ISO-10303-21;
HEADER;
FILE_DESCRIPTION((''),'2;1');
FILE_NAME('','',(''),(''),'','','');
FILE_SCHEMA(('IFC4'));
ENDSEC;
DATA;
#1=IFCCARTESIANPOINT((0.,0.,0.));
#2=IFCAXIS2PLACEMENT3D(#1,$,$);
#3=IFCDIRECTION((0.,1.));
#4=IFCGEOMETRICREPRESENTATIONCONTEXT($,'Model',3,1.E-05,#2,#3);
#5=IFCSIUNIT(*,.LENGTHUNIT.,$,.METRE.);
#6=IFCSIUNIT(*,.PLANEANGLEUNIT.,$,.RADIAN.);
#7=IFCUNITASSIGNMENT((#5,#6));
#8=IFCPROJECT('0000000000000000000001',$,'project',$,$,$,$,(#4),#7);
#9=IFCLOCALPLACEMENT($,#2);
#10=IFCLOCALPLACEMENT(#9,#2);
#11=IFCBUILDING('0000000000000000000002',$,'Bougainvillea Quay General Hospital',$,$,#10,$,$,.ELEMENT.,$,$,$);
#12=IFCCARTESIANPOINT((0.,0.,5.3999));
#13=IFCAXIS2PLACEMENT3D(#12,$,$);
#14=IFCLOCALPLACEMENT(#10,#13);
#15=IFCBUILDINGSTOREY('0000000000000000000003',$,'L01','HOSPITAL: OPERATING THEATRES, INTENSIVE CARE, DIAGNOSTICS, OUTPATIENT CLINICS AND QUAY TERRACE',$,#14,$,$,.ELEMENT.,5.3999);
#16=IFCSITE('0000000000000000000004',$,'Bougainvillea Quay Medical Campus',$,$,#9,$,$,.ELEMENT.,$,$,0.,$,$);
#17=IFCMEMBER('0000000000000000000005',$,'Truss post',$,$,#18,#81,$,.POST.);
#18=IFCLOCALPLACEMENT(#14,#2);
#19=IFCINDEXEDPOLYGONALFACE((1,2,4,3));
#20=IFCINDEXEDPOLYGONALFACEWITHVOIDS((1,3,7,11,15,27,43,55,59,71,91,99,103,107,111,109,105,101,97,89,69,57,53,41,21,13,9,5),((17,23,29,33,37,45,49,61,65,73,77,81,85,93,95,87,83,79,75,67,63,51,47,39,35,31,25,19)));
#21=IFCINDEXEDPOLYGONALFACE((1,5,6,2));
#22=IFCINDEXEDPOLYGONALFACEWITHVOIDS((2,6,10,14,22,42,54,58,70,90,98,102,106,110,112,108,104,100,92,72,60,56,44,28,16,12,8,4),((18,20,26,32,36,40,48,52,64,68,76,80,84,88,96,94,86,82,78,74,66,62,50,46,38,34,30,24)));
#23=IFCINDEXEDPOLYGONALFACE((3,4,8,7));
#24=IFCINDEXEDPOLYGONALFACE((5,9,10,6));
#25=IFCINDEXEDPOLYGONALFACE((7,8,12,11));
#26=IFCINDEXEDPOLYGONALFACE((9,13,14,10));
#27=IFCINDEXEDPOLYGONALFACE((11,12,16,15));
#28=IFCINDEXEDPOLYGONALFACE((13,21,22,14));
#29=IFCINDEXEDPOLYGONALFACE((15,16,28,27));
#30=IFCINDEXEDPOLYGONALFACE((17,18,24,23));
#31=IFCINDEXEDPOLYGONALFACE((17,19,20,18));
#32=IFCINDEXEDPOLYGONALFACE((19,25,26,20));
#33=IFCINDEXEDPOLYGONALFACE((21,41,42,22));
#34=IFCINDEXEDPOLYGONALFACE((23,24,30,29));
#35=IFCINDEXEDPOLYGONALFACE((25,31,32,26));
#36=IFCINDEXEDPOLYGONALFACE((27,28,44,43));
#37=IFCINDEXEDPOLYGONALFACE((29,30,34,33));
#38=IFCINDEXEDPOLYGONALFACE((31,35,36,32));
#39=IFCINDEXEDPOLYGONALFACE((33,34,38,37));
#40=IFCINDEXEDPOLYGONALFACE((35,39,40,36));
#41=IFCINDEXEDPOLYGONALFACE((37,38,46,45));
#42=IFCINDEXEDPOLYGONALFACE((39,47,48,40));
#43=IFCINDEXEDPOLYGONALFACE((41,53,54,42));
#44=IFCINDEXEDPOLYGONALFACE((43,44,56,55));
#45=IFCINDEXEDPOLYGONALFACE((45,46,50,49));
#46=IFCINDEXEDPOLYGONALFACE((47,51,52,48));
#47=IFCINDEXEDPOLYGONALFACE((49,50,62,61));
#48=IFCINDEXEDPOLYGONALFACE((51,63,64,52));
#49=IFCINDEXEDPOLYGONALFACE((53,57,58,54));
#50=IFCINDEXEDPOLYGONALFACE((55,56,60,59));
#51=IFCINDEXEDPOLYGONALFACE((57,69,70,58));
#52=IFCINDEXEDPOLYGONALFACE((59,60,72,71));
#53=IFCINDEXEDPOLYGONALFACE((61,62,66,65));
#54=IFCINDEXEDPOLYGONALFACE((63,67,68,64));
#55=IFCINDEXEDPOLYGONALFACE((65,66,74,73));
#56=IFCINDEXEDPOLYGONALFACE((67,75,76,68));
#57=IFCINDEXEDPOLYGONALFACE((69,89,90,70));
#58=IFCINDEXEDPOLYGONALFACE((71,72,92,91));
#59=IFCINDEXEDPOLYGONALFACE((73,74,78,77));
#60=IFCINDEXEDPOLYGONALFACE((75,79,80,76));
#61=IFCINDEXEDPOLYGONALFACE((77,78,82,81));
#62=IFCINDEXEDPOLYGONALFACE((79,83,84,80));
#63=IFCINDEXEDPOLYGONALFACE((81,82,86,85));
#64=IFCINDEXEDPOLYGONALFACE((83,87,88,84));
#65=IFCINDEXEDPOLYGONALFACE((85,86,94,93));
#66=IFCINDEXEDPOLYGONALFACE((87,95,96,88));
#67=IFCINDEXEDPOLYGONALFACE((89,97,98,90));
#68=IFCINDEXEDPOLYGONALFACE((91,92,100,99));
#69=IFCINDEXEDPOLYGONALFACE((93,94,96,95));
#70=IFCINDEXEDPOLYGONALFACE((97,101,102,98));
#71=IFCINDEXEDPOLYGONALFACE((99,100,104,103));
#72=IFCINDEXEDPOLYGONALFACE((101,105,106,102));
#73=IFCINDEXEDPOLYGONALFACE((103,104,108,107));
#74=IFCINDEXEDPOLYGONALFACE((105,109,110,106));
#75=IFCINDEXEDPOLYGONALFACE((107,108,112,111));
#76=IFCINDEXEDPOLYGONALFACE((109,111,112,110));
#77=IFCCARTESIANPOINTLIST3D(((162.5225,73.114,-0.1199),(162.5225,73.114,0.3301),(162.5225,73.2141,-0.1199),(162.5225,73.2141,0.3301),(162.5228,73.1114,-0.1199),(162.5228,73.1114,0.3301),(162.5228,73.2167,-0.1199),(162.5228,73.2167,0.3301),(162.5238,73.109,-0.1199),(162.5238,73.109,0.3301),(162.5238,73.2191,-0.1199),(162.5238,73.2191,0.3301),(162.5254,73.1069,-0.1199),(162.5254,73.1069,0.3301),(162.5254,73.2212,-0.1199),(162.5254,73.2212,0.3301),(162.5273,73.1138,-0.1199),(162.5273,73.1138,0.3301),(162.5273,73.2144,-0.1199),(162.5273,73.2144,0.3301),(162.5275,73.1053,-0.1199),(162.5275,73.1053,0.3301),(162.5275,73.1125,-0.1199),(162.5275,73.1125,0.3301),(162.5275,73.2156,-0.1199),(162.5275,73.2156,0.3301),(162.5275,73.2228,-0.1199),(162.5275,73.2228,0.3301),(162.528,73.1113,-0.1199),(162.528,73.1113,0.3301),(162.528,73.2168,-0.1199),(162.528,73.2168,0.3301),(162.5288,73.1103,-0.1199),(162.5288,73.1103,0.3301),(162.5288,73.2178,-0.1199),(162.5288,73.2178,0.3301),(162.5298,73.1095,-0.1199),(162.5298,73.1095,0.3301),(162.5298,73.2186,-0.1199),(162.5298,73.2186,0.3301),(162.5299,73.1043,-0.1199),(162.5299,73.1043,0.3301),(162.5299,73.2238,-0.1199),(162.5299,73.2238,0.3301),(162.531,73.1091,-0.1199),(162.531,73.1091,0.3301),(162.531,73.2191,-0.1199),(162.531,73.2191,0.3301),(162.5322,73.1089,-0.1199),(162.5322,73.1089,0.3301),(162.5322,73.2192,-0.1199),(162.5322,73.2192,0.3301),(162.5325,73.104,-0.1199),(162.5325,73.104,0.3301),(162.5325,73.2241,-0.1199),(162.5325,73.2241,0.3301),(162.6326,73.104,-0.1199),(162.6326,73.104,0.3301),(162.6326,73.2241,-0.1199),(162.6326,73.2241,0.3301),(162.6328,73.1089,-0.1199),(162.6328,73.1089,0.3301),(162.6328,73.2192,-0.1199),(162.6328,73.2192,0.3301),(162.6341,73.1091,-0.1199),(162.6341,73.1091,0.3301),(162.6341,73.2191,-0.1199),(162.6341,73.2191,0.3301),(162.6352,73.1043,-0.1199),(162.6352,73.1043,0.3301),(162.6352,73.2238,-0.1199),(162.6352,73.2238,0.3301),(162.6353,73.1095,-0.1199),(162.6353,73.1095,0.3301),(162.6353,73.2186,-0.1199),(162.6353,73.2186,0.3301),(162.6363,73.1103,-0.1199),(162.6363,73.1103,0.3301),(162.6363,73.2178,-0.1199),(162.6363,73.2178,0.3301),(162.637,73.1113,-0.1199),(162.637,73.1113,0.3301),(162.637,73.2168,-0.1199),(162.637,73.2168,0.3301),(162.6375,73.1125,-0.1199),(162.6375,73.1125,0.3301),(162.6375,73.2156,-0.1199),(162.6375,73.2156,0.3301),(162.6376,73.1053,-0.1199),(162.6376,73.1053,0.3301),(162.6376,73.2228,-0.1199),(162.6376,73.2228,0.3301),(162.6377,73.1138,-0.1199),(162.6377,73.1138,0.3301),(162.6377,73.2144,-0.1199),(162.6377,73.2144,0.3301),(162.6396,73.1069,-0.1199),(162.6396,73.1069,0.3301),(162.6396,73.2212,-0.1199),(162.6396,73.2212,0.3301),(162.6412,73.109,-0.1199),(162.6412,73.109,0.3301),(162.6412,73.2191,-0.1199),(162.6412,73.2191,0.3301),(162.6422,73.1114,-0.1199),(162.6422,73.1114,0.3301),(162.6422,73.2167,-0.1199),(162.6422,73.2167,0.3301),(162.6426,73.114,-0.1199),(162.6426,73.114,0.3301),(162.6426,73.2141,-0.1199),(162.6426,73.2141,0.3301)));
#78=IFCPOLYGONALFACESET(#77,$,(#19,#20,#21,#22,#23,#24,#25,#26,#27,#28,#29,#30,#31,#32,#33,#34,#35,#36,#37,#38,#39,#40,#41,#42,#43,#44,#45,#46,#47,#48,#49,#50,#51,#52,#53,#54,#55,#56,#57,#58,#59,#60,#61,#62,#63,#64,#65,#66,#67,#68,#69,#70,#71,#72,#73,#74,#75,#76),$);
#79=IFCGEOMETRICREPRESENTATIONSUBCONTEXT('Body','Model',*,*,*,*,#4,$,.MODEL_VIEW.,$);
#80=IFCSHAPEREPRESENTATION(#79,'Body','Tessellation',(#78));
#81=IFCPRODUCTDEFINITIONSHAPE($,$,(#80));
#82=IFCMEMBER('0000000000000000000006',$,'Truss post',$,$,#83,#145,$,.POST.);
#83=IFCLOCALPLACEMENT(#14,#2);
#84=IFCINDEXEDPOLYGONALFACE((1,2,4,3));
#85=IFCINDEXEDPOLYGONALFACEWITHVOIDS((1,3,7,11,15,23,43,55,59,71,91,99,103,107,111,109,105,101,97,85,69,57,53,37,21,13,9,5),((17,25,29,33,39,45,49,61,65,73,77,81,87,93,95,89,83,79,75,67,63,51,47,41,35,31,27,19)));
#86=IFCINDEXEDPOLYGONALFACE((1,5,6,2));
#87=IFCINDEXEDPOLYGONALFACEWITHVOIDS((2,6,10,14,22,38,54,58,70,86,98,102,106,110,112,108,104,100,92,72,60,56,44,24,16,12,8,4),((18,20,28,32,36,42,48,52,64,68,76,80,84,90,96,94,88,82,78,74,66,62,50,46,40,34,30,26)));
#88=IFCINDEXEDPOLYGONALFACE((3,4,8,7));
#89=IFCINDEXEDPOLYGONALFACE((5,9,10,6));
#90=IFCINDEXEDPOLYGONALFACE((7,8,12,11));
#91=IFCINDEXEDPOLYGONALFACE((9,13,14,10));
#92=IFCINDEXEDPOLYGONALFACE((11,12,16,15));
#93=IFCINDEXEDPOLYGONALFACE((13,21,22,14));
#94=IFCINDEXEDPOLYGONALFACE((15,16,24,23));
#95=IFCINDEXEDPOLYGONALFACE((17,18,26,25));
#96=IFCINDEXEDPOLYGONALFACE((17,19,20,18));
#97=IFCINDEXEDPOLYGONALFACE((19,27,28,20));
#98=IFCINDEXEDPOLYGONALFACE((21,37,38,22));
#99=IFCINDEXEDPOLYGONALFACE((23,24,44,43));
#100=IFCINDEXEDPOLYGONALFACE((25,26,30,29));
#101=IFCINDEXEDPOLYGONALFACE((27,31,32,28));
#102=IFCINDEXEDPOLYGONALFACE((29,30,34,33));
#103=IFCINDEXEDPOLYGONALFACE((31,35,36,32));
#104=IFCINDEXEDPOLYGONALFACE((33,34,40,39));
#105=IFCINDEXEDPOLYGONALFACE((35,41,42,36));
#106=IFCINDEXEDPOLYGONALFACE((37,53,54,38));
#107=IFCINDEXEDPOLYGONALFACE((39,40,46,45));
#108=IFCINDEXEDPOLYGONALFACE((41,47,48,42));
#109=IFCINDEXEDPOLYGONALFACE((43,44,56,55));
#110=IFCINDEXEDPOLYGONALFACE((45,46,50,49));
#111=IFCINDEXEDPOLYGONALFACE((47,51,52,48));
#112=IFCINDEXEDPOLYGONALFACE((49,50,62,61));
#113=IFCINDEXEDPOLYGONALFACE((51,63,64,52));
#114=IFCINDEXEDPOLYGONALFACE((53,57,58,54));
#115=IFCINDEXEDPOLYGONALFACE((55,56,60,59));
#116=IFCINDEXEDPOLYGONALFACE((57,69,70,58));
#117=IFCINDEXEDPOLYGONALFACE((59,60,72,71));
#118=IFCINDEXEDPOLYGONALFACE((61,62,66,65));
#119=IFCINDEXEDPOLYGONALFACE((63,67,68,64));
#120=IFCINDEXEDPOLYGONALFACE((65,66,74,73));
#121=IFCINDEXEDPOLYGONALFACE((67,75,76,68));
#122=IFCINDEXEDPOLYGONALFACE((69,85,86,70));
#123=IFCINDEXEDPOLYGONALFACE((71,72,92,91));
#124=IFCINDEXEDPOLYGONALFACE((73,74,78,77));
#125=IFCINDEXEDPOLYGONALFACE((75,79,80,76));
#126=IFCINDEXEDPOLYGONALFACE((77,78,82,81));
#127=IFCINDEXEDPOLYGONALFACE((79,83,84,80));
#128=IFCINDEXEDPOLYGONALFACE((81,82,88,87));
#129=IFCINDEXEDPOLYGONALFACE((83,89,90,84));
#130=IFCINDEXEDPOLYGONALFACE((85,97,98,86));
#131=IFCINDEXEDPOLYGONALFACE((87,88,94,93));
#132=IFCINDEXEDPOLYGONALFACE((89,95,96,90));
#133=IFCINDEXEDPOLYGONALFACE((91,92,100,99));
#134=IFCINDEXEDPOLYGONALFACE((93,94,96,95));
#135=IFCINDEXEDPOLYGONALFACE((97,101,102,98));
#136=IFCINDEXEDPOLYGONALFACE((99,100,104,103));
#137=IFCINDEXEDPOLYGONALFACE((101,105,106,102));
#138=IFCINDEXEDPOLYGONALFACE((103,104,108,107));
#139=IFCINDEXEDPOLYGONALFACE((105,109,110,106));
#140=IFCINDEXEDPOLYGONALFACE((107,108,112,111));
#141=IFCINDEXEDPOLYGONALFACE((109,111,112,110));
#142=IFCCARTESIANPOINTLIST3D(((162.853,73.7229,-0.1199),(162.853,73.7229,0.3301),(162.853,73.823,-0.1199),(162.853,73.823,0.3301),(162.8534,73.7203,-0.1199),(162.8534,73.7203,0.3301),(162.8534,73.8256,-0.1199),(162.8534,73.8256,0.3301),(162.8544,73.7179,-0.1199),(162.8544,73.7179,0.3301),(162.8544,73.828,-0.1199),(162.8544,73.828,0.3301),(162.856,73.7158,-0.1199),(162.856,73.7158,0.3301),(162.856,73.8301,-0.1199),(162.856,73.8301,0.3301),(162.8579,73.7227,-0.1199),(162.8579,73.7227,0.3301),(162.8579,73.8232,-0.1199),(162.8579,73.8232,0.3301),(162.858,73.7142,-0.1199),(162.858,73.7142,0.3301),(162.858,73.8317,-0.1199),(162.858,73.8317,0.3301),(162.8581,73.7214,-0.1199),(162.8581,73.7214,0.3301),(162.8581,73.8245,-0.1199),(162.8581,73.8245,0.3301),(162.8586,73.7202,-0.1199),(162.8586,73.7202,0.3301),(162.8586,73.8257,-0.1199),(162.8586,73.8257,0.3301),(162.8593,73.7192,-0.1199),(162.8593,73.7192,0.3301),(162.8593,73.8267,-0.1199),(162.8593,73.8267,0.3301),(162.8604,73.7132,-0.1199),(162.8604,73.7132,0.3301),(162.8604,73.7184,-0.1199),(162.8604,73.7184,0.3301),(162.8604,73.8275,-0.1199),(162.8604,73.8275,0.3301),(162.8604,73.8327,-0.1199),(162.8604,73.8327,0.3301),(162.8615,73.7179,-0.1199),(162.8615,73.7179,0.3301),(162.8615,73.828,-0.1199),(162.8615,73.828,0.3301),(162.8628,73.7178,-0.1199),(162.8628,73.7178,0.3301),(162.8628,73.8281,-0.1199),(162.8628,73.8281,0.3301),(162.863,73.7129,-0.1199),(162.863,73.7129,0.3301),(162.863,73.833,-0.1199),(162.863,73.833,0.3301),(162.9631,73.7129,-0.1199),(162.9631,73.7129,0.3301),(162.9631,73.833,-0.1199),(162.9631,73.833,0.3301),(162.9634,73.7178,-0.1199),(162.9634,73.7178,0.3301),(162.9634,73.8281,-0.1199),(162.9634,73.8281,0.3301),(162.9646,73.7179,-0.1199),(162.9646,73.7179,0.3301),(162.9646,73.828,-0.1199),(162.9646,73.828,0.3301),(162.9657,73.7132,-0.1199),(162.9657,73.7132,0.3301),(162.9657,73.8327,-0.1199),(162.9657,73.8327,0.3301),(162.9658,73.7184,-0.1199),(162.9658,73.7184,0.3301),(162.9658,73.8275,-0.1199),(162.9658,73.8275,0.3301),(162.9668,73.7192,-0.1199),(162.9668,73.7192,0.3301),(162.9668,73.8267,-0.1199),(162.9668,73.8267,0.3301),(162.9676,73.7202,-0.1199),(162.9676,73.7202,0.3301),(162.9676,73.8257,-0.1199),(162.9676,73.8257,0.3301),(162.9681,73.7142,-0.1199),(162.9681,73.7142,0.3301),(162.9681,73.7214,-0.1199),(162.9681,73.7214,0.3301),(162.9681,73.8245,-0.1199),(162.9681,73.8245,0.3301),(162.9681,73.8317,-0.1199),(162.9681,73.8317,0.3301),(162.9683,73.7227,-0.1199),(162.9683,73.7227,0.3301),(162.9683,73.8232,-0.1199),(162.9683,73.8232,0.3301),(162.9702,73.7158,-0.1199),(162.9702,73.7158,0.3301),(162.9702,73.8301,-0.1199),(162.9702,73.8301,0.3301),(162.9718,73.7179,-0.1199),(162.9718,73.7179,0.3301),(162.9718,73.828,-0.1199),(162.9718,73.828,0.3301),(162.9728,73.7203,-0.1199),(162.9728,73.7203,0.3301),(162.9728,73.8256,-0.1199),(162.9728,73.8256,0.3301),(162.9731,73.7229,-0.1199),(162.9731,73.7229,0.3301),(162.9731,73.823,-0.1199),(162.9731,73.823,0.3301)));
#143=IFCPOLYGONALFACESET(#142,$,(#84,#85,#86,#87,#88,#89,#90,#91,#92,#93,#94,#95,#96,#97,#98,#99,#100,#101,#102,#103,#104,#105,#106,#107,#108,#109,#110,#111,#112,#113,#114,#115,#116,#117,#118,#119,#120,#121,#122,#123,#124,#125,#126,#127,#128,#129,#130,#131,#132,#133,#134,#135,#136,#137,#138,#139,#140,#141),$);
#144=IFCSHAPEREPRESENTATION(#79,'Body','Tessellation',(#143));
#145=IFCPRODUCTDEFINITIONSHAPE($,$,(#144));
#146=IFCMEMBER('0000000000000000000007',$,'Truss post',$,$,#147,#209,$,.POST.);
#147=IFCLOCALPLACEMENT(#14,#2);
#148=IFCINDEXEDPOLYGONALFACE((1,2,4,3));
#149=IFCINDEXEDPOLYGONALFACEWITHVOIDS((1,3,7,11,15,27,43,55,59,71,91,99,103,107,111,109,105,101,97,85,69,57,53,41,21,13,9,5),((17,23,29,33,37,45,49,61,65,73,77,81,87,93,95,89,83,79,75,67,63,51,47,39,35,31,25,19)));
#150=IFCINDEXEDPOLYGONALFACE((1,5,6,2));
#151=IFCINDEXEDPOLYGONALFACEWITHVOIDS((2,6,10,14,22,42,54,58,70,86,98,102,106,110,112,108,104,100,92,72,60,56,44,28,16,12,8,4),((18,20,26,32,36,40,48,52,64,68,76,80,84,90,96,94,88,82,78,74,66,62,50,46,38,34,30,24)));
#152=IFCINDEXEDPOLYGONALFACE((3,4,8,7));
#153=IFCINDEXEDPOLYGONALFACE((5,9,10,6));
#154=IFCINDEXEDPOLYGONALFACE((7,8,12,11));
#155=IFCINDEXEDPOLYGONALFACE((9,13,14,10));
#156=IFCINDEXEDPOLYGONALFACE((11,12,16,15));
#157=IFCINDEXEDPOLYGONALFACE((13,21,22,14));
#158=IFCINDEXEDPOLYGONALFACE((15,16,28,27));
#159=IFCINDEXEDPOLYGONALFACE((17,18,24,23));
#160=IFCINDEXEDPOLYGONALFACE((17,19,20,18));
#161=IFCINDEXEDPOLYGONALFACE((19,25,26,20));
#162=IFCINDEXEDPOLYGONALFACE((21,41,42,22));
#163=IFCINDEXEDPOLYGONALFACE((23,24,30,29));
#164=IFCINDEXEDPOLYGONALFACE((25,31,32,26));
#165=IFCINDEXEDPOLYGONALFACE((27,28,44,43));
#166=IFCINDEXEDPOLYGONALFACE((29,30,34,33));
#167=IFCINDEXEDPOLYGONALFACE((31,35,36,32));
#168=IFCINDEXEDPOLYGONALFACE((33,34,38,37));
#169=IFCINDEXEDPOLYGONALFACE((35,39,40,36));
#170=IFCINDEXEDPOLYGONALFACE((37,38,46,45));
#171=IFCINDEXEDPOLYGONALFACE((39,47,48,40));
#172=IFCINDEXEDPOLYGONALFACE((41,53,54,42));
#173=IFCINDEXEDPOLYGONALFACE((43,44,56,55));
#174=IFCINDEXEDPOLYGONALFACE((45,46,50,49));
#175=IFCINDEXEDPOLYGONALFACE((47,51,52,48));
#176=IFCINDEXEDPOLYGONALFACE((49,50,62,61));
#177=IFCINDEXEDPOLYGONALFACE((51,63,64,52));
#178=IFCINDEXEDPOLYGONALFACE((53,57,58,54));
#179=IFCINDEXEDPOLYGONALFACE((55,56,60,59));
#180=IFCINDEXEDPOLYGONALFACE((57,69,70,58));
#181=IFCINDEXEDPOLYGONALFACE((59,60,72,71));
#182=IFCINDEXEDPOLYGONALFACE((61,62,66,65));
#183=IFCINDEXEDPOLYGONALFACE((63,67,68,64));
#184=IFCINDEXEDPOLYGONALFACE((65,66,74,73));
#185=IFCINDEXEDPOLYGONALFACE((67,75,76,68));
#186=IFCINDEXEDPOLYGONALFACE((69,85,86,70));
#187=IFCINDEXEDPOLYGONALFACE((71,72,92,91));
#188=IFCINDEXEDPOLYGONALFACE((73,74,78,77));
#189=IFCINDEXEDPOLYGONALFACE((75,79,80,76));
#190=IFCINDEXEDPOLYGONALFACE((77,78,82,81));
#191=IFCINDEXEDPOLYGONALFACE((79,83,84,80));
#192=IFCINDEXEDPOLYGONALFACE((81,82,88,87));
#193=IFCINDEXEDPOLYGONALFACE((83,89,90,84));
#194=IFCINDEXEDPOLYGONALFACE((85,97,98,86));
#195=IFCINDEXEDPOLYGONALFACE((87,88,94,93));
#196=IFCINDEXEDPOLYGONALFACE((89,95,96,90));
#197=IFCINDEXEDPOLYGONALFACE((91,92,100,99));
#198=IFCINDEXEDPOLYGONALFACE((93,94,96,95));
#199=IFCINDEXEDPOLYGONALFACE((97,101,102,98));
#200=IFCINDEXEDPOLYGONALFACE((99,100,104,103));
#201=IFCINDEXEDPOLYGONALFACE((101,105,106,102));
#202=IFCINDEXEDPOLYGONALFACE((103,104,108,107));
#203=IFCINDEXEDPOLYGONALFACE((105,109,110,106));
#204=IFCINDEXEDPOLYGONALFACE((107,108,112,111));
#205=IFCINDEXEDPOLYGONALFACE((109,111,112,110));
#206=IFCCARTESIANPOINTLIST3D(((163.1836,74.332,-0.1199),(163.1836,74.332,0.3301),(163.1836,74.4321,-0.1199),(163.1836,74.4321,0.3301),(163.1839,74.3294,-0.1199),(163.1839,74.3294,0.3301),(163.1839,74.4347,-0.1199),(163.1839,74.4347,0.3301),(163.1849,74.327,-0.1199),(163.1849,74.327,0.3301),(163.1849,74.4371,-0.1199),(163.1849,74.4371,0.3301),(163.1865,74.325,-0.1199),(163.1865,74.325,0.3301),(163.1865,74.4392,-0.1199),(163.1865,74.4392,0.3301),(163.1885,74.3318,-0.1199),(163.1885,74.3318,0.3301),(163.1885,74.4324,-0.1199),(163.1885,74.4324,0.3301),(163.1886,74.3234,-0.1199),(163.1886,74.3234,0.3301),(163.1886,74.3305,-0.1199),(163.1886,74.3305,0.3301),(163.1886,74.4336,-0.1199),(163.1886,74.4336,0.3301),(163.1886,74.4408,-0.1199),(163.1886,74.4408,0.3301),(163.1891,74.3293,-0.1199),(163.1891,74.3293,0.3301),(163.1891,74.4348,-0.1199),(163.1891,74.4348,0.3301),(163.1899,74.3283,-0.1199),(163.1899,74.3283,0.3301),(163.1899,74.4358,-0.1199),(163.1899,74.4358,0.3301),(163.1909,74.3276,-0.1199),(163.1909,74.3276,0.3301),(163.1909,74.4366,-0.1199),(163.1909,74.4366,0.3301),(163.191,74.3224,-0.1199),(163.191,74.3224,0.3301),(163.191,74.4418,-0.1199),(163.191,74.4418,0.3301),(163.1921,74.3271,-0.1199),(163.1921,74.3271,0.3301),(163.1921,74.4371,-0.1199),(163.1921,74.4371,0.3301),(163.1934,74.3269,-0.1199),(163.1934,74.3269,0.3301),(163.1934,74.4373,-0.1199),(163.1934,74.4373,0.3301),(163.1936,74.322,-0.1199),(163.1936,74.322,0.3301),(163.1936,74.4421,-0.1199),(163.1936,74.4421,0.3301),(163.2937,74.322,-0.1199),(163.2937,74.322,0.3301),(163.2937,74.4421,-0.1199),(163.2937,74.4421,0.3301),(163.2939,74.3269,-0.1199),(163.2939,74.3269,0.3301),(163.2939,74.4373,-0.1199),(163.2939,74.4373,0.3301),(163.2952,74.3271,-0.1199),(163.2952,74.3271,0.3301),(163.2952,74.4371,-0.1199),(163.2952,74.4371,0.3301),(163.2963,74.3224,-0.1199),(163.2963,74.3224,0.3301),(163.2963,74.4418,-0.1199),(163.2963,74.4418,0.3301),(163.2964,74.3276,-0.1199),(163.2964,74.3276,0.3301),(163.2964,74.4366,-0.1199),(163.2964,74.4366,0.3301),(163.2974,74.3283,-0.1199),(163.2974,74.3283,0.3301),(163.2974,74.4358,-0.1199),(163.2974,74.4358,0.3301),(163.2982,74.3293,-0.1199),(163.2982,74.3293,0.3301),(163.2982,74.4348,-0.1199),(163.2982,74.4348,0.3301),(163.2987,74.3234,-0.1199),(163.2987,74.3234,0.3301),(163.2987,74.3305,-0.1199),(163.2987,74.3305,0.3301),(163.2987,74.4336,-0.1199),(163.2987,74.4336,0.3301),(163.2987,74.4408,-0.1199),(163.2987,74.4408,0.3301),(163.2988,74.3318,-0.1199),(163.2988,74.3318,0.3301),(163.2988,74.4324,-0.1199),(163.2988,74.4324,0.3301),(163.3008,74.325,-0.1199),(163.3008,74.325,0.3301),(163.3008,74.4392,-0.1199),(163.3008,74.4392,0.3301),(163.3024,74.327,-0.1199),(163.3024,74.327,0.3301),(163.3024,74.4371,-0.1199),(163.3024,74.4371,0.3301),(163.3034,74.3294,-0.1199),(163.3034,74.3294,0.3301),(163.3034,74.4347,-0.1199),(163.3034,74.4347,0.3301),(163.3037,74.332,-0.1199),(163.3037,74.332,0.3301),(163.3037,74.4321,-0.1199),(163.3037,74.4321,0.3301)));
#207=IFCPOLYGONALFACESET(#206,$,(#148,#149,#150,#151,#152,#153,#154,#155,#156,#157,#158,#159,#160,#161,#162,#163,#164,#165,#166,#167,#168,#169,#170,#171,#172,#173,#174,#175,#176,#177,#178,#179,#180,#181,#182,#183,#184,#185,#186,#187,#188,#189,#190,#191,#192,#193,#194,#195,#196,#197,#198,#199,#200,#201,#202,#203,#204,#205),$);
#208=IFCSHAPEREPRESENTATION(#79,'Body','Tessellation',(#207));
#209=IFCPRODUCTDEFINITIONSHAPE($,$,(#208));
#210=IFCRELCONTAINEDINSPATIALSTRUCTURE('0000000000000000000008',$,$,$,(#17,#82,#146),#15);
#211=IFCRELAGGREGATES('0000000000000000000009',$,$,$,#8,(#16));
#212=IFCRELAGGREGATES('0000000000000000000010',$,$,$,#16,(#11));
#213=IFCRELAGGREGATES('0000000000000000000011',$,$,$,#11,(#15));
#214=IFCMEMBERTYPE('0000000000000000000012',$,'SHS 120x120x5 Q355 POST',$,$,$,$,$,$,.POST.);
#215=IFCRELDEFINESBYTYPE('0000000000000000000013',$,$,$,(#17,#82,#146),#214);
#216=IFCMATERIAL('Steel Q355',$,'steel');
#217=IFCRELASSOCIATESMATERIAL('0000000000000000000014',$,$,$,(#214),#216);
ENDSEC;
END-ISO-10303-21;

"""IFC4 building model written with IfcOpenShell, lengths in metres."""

from ifc_helpers import new_model, si_unit, direction, frame, origin, origin_2d, place, context, subcontext, project, spatial, hollow_rectangle, extrude, material, material_profile, profile_set, type_object, element, save


model = new_model("IFC4")

# Units and contexts
model_context = context("Model", 3, precision=1e-05, world=origin(), true_north=direction((0.0, 1.0)))
body_context = subcontext(model_context, "Body", "Model", "MODEL_VIEW")
ifc_project = project(units=[si_unit("LENGTHUNIT", "METRE"), si_unit("PLANEANGLEUNIT", "RADIAN")], contexts=[model_context])

# Site, building, storey
site_placement = place(None, origin())
site = spatial("IfcSite", under=ifc_project, at=site_placement, Name="Bougainvillea Quay Medical Campus", CompositionType="ELEMENT", RefElevation=0.0)
building_placement = place(site_placement, origin())
building = spatial("IfcBuilding", under=site, at=building_placement, Name="Bougainvillea Quay General Hospital", CompositionType="ELEMENT")
storey_placement = place(building_placement, frame((0.0, 0.0, 5.3999)))
storey = spatial("IfcBuildingStorey", under=building, at=storey_placement, Name="L01", Description="HOSPITAL: OPERATING THEATRES, INTENSIVE CARE, DIAGNOSTICS, OUTPATIENT CLINICS AND QUAY TERRACE", CompositionType="ELEMENT", Elevation=5.3999)

# Members
ifc_material_1 = material(Name="Steel Q355", Category="steel")
ifc_material_profile_1 = material_profile(ifc_material_1, hollow_rectangle(XDim=0.1201, YDim=0.1201, WallThickness=0.0049, InnerFilletRadius=0.0049, OuterFilletRadius=0.01, at=origin_2d()))
ifc_profile_set_1 = profile_set([ifc_material_profile_1], Name="Steel Q355")
member_type_1 = type_object("IfcMemberType", Name="SHS 120x120x5 Q355 POST", PredefinedType="POST", material=ifc_profile_set_1)
for number, where, z_axis, x_axis, name in (
    (1, (162.5825, 73.1641, -0.1199), (0.0, 0.0, 1.0), (1.0, 0.0, 0.0), "Truss post"),
    (2, (162.9131, 73.7729, -0.1199), (0.0, 0.0, 1.0), (1.0, 0.0, 0.0), "Truss post"),
    (3, (163.2437, 74.3821, -0.1199), (0.0, 0.0, 1.0), (1.0, 0.0, 0.0), "Truss post"),
):
    element("IfcMember", number, at=place(storey_placement, frame(where, z_axis=z_axis, x_axis=x_axis)), inside=storey, type_object=member_type_1, Name=name, PredefinedType="POST", context=body_context, shape_type="SweptSolid", body=[
        extrude(hollow_rectangle(XDim=0.1201, YDim=0.1201, WallThickness=0.0049, InnerFilletRadius=0.0049, OuterFilletRadius=0.01, at=origin_2d()), origin(), (0.0, 0.0, 1.0), 0.45),
    ])

save(model, "model.ifc")
